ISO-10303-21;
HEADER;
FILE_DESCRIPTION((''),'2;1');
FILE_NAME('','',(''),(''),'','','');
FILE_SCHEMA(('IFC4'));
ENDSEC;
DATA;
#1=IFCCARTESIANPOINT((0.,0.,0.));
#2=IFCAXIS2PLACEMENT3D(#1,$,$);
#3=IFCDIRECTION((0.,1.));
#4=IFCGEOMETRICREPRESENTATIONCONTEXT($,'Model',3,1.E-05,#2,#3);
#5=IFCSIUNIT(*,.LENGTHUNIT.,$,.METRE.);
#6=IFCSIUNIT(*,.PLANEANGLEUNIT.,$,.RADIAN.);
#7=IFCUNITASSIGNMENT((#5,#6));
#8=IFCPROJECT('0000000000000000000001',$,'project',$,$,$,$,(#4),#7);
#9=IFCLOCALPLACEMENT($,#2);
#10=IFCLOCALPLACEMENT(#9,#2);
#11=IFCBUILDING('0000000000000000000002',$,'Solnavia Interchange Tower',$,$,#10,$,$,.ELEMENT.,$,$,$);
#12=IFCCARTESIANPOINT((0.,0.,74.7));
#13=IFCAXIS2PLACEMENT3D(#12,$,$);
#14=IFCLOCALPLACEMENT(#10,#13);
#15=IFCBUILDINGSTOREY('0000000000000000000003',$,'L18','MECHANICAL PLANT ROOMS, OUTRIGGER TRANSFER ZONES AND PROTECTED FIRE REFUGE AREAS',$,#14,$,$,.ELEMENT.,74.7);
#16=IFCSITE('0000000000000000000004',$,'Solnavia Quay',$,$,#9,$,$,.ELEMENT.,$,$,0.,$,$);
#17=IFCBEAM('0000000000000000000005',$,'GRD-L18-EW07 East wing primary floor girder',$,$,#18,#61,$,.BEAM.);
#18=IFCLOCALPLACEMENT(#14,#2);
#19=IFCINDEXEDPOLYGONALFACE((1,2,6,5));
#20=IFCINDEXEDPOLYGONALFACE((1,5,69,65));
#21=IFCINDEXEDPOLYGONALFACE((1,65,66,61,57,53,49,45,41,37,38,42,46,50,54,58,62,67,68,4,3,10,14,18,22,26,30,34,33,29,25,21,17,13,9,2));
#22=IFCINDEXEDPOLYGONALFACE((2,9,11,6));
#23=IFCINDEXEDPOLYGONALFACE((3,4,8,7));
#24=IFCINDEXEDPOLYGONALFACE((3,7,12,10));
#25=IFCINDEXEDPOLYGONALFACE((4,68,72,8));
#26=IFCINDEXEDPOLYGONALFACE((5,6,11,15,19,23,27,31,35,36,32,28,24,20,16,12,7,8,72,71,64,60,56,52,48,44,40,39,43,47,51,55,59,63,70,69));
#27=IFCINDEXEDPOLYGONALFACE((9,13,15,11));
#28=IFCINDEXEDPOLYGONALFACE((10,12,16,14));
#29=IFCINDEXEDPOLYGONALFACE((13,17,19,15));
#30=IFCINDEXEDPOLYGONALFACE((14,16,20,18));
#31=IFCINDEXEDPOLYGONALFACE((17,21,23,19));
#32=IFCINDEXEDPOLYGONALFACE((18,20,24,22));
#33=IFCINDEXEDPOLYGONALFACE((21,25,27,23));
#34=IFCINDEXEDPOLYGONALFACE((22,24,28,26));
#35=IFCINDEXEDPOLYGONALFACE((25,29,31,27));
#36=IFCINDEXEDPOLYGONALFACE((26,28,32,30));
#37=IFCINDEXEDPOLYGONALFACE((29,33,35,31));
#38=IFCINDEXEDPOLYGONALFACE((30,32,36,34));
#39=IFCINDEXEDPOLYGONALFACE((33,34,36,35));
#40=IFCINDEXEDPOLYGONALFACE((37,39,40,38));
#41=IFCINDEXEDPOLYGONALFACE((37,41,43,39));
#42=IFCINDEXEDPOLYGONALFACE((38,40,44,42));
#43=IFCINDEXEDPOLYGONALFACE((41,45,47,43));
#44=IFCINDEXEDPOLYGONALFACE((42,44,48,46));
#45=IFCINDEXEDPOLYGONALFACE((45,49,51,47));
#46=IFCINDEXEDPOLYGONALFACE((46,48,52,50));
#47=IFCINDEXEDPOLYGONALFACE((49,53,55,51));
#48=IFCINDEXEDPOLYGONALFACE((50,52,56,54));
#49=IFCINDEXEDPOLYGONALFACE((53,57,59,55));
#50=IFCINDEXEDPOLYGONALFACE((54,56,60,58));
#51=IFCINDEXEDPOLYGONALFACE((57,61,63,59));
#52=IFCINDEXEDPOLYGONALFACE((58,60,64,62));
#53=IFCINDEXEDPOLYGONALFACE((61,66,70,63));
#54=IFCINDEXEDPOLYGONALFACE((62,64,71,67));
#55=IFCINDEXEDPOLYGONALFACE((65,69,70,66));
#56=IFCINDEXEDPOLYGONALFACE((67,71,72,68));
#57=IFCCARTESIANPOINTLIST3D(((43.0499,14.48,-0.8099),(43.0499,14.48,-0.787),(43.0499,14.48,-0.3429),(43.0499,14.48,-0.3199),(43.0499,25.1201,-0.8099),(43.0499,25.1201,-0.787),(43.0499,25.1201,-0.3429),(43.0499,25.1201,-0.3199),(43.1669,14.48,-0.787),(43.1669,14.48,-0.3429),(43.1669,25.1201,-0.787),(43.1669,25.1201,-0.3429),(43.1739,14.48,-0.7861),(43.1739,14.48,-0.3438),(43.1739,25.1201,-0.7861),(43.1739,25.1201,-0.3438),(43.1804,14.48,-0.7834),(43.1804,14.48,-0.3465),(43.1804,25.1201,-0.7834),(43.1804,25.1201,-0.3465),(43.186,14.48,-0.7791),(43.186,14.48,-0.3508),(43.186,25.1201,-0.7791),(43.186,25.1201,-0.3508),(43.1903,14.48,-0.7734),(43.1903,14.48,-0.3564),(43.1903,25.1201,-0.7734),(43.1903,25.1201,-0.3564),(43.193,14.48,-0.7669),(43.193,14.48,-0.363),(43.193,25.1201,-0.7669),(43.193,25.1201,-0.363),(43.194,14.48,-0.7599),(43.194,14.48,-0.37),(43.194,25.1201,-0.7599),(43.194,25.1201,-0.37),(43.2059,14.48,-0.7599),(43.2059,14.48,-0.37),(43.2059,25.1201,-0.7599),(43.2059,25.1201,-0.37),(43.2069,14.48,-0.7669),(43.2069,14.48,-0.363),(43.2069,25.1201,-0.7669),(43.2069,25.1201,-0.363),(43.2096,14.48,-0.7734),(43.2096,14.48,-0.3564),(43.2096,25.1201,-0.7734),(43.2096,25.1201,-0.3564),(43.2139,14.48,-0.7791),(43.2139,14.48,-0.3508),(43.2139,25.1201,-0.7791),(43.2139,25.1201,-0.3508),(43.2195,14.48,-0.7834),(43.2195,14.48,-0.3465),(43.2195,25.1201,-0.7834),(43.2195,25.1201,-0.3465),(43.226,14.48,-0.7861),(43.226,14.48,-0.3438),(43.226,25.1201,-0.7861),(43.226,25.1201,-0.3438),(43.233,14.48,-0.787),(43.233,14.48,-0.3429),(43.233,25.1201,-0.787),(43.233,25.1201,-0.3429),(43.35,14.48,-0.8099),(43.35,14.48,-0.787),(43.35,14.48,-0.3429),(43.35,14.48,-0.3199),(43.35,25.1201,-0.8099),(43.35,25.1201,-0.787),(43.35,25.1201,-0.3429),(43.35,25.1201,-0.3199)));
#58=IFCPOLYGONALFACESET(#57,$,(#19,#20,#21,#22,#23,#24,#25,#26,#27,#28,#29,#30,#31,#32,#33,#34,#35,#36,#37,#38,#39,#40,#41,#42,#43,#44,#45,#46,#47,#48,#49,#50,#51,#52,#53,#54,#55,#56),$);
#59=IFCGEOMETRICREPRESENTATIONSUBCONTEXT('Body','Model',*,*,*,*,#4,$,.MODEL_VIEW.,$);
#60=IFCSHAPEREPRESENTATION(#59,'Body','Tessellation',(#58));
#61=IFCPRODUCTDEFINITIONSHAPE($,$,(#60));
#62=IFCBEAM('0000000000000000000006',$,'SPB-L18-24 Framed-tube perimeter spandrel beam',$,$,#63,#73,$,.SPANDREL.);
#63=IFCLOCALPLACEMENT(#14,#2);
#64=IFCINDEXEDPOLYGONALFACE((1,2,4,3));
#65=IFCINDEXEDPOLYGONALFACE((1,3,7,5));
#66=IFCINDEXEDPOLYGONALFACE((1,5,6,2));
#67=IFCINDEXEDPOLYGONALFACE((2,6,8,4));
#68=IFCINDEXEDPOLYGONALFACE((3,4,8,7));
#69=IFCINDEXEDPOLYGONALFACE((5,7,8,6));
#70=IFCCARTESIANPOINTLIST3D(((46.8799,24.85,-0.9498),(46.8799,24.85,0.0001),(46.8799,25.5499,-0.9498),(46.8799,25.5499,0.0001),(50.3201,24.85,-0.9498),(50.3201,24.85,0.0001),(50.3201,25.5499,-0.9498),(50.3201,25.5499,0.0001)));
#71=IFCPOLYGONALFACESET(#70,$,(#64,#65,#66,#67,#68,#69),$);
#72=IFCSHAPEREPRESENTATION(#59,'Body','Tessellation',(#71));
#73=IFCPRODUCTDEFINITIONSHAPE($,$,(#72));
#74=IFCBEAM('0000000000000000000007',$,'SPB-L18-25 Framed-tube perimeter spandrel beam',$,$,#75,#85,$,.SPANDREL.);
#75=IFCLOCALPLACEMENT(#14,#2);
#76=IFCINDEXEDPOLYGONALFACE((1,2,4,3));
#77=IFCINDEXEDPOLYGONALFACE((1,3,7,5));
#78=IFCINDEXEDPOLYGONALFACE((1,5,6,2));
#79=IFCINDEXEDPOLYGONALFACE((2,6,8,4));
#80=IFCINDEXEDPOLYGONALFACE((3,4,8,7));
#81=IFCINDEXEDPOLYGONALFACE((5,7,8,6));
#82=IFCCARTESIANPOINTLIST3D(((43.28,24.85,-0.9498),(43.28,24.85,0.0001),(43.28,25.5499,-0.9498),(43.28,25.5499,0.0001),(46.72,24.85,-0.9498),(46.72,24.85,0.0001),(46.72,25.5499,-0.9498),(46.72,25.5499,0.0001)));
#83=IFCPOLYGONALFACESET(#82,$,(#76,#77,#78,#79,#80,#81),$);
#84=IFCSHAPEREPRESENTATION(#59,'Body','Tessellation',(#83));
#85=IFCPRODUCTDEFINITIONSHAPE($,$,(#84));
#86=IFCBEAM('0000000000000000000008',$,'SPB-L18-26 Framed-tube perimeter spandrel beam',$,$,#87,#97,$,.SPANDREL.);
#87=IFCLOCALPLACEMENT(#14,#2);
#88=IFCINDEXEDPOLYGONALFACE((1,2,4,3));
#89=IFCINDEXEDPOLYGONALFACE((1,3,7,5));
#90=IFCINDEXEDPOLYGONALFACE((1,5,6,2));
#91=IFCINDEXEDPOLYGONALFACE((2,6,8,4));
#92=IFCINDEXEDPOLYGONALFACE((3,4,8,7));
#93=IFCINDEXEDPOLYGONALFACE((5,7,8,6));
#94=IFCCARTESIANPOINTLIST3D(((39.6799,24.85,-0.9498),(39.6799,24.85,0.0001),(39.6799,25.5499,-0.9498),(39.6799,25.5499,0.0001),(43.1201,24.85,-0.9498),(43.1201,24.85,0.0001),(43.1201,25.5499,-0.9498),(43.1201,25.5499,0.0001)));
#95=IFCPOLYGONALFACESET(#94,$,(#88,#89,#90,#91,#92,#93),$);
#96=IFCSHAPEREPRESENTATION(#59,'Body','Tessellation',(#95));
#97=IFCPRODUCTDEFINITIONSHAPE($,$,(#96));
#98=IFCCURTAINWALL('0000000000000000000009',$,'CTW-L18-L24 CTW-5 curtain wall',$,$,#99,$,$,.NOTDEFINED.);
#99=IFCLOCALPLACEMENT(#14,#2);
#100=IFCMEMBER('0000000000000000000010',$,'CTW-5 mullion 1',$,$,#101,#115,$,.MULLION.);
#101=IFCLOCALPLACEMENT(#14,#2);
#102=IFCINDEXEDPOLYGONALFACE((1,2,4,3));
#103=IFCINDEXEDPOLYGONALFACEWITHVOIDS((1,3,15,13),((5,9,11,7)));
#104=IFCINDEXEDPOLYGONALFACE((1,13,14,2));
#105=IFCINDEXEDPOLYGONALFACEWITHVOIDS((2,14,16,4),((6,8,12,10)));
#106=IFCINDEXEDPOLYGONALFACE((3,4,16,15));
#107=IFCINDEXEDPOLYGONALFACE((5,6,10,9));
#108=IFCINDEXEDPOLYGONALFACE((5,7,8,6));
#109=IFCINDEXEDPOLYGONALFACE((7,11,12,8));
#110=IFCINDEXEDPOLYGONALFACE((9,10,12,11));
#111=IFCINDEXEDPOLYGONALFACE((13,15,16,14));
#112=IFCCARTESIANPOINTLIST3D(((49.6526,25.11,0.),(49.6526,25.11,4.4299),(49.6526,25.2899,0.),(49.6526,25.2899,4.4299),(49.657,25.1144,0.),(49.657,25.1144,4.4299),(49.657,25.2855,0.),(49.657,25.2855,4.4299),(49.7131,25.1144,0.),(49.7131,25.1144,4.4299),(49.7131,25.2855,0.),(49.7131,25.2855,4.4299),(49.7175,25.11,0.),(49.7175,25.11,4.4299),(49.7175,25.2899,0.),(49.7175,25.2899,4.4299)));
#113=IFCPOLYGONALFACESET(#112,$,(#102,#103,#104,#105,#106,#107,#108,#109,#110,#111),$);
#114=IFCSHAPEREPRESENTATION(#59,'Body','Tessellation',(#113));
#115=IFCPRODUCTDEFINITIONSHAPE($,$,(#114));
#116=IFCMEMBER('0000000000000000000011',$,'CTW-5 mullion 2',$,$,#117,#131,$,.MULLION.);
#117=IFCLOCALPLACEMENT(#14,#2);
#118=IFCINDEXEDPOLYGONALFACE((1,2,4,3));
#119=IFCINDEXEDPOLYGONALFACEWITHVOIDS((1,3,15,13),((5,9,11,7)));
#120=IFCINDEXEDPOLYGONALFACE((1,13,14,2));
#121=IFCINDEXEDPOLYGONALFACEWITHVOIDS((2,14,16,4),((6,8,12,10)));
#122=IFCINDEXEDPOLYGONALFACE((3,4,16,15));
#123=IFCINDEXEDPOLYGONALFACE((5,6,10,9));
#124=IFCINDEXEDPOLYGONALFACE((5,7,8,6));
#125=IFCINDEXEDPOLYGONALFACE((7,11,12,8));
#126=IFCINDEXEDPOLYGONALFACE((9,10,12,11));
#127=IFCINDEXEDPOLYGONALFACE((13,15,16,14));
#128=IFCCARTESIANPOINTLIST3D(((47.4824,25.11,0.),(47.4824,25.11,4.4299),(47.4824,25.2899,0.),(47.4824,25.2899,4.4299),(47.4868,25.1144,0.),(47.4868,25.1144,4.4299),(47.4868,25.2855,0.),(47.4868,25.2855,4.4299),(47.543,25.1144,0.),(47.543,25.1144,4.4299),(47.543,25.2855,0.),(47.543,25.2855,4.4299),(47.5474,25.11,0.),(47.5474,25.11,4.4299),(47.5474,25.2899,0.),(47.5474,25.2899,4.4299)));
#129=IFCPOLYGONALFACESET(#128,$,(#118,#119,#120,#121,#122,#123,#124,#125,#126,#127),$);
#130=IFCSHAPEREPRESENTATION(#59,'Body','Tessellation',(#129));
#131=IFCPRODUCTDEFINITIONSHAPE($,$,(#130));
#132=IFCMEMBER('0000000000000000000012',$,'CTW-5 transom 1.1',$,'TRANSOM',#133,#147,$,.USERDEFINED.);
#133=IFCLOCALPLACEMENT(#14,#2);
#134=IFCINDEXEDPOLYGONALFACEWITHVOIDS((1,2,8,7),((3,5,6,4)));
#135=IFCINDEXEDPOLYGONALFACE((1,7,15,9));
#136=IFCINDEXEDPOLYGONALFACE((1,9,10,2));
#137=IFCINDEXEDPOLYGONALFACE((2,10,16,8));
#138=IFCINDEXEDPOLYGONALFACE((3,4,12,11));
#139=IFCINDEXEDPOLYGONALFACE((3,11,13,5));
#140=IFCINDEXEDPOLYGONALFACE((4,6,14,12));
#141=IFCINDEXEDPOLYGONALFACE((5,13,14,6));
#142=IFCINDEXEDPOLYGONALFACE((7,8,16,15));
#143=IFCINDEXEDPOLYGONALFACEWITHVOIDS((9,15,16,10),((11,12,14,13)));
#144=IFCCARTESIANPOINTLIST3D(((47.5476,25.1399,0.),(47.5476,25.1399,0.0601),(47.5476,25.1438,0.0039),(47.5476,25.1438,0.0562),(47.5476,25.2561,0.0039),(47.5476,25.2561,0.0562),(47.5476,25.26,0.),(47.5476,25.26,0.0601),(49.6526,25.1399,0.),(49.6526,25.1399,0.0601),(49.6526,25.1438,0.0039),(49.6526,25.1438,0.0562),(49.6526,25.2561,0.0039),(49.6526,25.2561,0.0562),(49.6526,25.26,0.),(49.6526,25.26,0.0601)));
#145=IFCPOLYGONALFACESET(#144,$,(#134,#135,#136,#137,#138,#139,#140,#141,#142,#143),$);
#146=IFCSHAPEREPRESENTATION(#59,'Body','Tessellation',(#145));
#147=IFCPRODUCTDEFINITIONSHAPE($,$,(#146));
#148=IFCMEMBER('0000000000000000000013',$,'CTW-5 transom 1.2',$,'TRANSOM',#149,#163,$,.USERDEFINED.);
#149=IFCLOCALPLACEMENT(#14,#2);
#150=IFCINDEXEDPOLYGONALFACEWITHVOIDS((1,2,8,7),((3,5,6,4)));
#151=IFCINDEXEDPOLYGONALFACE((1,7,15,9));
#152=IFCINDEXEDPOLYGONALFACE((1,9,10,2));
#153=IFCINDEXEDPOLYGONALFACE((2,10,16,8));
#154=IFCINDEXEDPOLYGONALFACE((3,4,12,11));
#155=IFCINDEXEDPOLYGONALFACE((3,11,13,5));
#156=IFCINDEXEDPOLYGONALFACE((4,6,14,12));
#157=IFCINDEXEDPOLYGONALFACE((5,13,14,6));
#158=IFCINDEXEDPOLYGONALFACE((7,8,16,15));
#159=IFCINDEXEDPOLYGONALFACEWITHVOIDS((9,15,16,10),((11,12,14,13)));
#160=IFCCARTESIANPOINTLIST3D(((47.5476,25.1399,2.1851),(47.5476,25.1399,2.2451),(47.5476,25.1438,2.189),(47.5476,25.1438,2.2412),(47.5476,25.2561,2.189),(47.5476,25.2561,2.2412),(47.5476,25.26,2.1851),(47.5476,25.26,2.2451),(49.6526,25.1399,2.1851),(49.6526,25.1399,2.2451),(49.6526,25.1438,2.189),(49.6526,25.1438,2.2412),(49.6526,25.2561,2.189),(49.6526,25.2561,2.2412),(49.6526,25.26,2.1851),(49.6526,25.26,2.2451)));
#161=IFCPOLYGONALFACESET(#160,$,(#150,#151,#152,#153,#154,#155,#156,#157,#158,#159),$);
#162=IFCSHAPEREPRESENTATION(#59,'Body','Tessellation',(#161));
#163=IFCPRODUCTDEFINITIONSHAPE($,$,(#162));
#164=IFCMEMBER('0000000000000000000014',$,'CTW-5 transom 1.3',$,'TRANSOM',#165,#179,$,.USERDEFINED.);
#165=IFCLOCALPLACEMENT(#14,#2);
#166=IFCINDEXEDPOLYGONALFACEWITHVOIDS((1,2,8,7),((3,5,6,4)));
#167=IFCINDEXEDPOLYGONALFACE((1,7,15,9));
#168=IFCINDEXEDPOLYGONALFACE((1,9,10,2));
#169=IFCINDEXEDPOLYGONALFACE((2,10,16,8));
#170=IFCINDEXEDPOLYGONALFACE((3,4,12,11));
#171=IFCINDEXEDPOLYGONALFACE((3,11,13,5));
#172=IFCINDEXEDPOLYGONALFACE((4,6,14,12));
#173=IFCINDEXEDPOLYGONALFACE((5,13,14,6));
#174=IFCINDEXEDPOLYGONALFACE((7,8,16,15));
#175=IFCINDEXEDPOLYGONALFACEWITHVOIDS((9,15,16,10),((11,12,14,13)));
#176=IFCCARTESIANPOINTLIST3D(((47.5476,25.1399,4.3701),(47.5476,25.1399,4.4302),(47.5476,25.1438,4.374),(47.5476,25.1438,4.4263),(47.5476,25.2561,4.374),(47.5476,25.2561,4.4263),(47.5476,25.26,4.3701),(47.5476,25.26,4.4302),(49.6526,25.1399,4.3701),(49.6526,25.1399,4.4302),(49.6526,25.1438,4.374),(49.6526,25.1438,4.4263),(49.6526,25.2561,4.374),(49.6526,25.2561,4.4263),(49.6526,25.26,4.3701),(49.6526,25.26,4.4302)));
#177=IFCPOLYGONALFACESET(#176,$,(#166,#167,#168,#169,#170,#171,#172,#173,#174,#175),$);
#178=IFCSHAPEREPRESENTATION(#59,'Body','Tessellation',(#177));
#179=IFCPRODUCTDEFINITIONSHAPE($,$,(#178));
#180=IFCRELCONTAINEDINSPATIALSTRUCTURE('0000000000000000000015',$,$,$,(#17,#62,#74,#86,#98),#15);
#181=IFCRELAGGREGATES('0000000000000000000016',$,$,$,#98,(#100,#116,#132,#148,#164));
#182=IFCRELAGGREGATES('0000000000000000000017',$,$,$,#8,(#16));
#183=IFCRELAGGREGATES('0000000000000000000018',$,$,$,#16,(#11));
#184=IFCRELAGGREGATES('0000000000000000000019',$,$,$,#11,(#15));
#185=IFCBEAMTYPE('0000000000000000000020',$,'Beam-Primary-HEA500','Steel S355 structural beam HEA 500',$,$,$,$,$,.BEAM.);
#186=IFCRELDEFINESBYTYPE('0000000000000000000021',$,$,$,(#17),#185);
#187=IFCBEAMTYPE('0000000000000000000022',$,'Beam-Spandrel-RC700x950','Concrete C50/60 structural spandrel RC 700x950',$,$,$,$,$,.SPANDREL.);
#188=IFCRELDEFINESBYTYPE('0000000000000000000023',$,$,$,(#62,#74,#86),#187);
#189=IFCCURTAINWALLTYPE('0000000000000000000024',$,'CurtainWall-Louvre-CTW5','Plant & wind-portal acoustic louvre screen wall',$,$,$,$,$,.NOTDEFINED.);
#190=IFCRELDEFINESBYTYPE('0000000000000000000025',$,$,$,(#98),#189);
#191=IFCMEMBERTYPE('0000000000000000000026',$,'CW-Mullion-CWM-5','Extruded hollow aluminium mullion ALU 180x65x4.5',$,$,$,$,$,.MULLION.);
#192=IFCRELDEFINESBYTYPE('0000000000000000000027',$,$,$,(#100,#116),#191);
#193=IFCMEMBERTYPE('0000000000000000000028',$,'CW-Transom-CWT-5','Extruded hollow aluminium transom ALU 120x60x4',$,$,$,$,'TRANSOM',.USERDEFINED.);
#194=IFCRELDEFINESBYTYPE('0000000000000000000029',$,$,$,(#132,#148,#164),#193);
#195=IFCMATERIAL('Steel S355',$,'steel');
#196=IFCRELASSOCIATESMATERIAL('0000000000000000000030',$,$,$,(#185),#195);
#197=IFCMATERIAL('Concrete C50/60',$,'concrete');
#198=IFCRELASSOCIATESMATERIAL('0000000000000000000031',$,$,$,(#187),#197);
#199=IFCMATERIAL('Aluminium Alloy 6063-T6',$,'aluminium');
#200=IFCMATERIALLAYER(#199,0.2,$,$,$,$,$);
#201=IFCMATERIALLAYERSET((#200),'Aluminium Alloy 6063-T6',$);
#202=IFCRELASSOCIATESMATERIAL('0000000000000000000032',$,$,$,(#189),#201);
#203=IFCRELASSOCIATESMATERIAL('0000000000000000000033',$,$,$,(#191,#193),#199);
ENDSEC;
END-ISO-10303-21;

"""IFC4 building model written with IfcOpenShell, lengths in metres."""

from ifc_helpers import new_model, si_unit, direction, frame, origin, origin_2d, place, context, subcontext, project, spatial, rectangle, hollow_rectangle, i_section, extrude, material, layer, layer_set, material_profile, profile_set, type_object, element, aggregate, save


model = new_model("IFC4")

# Units and contexts
model_context = context("Model", 3, precision=1e-05, world=origin(), true_north=direction((0.0, 1.0)))
body_context = subcontext(model_context, "Body", "Model", "MODEL_VIEW")
ifc_project = project(units=[si_unit("LENGTHUNIT", "METRE"), si_unit("PLANEANGLEUNIT", "RADIAN")], contexts=[model_context])

# Site, building, storey
site_placement = place(None, origin())
site = spatial("IfcSite", under=ifc_project, at=site_placement, Name="Solnavia Quay", CompositionType="ELEMENT", RefElevation=0.0)
building_placement = place(site_placement, origin())
building = spatial("IfcBuilding", under=site, at=building_placement, Name="Solnavia Interchange Tower", CompositionType="ELEMENT")
storey_placement = place(building_placement, frame((0.0, 0.0, 74.7)))
storey = spatial("IfcBuildingStorey", under=building, at=storey_placement, Name="L18", Description="MECHANICAL PLANT ROOMS, OUTRIGGER TRANSFER ZONES AND PROTECTED FIRE REFUGE AREAS", CompositionType="ELEMENT", Elevation=74.7)

# Shared definitions
ifc_material_1 = material(Name="Steel S355", Category="steel")

# Beams
ifc_material_profile_1 = material_profile(ifc_material_1, i_section(OverallWidth=0.3, OverallDepth=0.49, WebThickness=0.012, FlangeThickness=0.0229, FilletRadius=0.0271, at=origin_2d()), Name="HEA 500")
ifc_profile_set_1 = profile_set([ifc_material_profile_1], Name="Steel S355")
beam_type_1 = type_object("IfcBeamType", Name="Beam-Primary-HEA500", Description="Steel S355 structural beam HEA 500", PredefinedType="BEAM", material=ifc_profile_set_1)
beam_1_placement = place(storey_placement, frame((43.2, 14.48, -0.5649), z_axis=(0.0, 1.0, 0.0), x_axis=(-1.0, 0.0, 0.0)))
element("IfcBeam", 1, at=beam_1_placement, inside=storey, type_object=beam_type_1, Name="GRD-L18-EW07 East wing primary floor girder", PredefinedType="BEAM", context=body_context, shape_type="SweptSolid", body=[
    extrude(i_section(OverallWidth=0.3, OverallDepth=0.49, WebThickness=0.012, FlangeThickness=0.0229, FilletRadius=0.0271, at=origin_2d()), origin(), (0.0, 0.0, 1.0), 10.6401),
])
ifc_material_2 = material(Name="Concrete C50/60", Category="concrete")
ifc_material_profile_2 = material_profile(ifc_material_2, rectangle(XDim=0.7, YDim=0.95, at=origin_2d()), Name="RC 700x950")
ifc_profile_set_2 = profile_set([ifc_material_profile_2], Name="Concrete C50/60")
beam_type_2 = type_object("IfcBeamType", Name="Beam-Spandrel-RC700x950", Description="Concrete C50/60 structural spandrel RC 700x950", PredefinedType="SPANDREL", material=ifc_profile_set_2)
beam_2_placement = place(storey_placement, frame((50.3201, 25.2, -0.4749), z_axis=(-1.0, 0.0, 0.0), x_axis=(0.0, -1.0, 0.0)))
element("IfcBeam", 2, at=beam_2_placement, inside=storey, type_object=beam_type_2, Name="SPB-L18-24 Framed-tube perimeter spandrel beam", PredefinedType="SPANDREL", context=body_context, shape_type="SweptSolid", body=[
    extrude(rectangle(XDim=0.7, YDim=0.95, at=origin_2d()), origin(), (0.0, 0.0, 1.0), 3.4402),
])
beam_3_placement = place(storey_placement, frame((46.72, 25.2, -0.4749), z_axis=(-1.0, 0.0, 0.0), x_axis=(0.0, -1.0, 0.0)))
element("IfcBeam", 3, at=beam_3_placement, inside=storey, type_object=beam_type_2, Name="SPB-L18-25 Framed-tube perimeter spandrel beam", PredefinedType="SPANDREL", context=body_context, shape_type="SweptSolid", body=[
    extrude(rectangle(XDim=0.7, YDim=0.95, at=origin_2d()), origin(), (0.0, 0.0, 1.0), 3.4399),
])
beam_4_placement = place(storey_placement, frame((43.1201, 25.2, -0.4749), z_axis=(-1.0, 0.0, 0.0), x_axis=(0.0, -1.0, 0.0)))
element("IfcBeam", 4, at=beam_4_placement, inside=storey, type_object=beam_type_2, Name="SPB-L18-26 Framed-tube perimeter spandrel beam", PredefinedType="SPANDREL", context=body_context, shape_type="SweptSolid", body=[
    extrude(rectangle(XDim=0.7, YDim=0.95, at=origin_2d()), origin(), (0.0, 0.0, 1.0), 3.4402),
])

# Curtain wall, members
ifc_material_3 = material(Name="Aluminium Alloy 6063-T6", Category="aluminium")
ifc_layer_1 = layer(ifc_material_3, 0.2)
ifc_layer_set_1 = layer_set([ifc_layer_1], Name="Aluminium Alloy 6063-T6")
curtain_wall_type = type_object("IfcCurtainWallType", Name="CurtainWall-Louvre-CTW5", Description="Plant & wind-portal acoustic louvre screen wall", PredefinedType="NOTDEFINED", material=ifc_layer_set_1)
curtain_wall_placement = place(storey_placement, origin())
curtain_wall = element("IfcCurtainWall", 5, at=curtain_wall_placement, inside=storey, type_object=curtain_wall_type, Name="CTW-L18-L24 CTW-5 curtain wall", PredefinedType="NOTDEFINED")
ifc_material_profile_3 = material_profile(ifc_material_3, hollow_rectangle(XDim=0.0649, YDim=0.1799, WallThickness=0.0044, at=origin_2d()), Name="ALU 180x65x4.5")
ifc_profile_set_3 = profile_set([ifc_material_profile_3], Name="Aluminium Alloy 6063-T6")
member_type_1 = type_object("IfcMemberType", Name="CW-Mullion-CWM-5", Description="Extruded hollow aluminium mullion ALU 180x65x4.5", PredefinedType="MULLION", material=ifc_profile_set_3)
member_1_placement = place(storey_placement, frame((49.6851, 25.2, 0.0), z_axis=(0.0, 0.0, 1.0), x_axis=(-1.0, 0.0, 0.0)))
member_1 = element("IfcMember", 6, at=member_1_placement, type_object=member_type_1, Name="CTW-5 mullion 1", PredefinedType="MULLION", context=body_context, shape_type="SweptSolid", body=[
    extrude(hollow_rectangle(XDim=0.0649, YDim=0.1799, WallThickness=0.0044, at=origin_2d()), origin(), (0.0, 0.0, 1.0), 4.4299),
])
member_2_placement = place(storey_placement, frame((47.5149, 25.2, 0.0), z_axis=(0.0, 0.0, 1.0), x_axis=(-1.0, 0.0, 0.0)))
member_2 = element("IfcMember", 7, at=member_2_placement, type_object=member_type_1, Name="CTW-5 mullion 2", PredefinedType="MULLION", context=body_context, shape_type="SweptSolid", body=[
    extrude(hollow_rectangle(XDim=0.0649, YDim=0.1799, WallThickness=0.0044, at=origin_2d()), origin(), (0.0, 0.0, 1.0), 4.4299),
])
ifc_material_profile_4 = material_profile(ifc_material_3, hollow_rectangle(XDim=0.0601, YDim=0.1201, WallThickness=0.0039, at=origin_2d()), Name="ALU 120x60x4")
ifc_profile_set_4 = profile_set([ifc_material_profile_4], Name="Aluminium Alloy 6063-T6")
member_type_2 = type_object("IfcMemberType", Name="CW-Transom-CWT-5", Description="Extruded hollow aluminium transom ALU 120x60x4", ElementType="TRANSOM", PredefinedType="USERDEFINED", material=ifc_profile_set_4)
member_3_placement = place(storey_placement, frame((49.6526, 25.2, 0.03), z_axis=(-1.0, 0.0, 0.0), x_axis=(0.0, 0.0, 1.0)))
member_3 = element("IfcMember", 8, at=member_3_placement, type_object=member_type_2, Name="CTW-5 transom 1.1", ObjectType="TRANSOM", PredefinedType="USERDEFINED", context=body_context, shape_type="SweptSolid", body=[
    extrude(hollow_rectangle(XDim=0.0601, YDim=0.1201, WallThickness=0.0039, at=origin_2d()), origin(), (0.0, 0.0, 1.0), 2.105),
])
member_4_placement = place(storey_placement, frame((49.6526, 25.2, 2.2151), z_axis=(-1.0, 0.0, 0.0), x_axis=(0.0, 0.0, 1.0)))
member_4 = element("IfcMember", 9, at=member_4_placement, type_object=member_type_2, Name="CTW-5 transom 1.2", ObjectType="TRANSOM", PredefinedType="USERDEFINED", context=body_context, shape_type="SweptSolid", body=[
    extrude(hollow_rectangle(XDim=0.0601, YDim=0.1201, WallThickness=0.0039, at=origin_2d()), origin(), (0.0, 0.0, 1.0), 2.105),
])
member_5_placement = place(storey_placement, frame((49.6526, 25.2, 4.4001), z_axis=(-1.0, 0.0, 0.0), x_axis=(0.0, 0.0, 1.0)))
member_5 = element("IfcMember", 10, at=member_5_placement, type_object=member_type_2, Name="CTW-5 transom 1.3", ObjectType="TRANSOM", PredefinedType="USERDEFINED", context=body_context, shape_type="SweptSolid", body=[
    extrude(hollow_rectangle(XDim=0.0601, YDim=0.1201, WallThickness=0.0039, at=origin_2d()), origin(), (0.0, 0.0, 1.0), 2.105),
])

aggregate(curtain_wall, [member_1, member_2, member_3, member_4, member_5])

save(model, "model.ifc")
